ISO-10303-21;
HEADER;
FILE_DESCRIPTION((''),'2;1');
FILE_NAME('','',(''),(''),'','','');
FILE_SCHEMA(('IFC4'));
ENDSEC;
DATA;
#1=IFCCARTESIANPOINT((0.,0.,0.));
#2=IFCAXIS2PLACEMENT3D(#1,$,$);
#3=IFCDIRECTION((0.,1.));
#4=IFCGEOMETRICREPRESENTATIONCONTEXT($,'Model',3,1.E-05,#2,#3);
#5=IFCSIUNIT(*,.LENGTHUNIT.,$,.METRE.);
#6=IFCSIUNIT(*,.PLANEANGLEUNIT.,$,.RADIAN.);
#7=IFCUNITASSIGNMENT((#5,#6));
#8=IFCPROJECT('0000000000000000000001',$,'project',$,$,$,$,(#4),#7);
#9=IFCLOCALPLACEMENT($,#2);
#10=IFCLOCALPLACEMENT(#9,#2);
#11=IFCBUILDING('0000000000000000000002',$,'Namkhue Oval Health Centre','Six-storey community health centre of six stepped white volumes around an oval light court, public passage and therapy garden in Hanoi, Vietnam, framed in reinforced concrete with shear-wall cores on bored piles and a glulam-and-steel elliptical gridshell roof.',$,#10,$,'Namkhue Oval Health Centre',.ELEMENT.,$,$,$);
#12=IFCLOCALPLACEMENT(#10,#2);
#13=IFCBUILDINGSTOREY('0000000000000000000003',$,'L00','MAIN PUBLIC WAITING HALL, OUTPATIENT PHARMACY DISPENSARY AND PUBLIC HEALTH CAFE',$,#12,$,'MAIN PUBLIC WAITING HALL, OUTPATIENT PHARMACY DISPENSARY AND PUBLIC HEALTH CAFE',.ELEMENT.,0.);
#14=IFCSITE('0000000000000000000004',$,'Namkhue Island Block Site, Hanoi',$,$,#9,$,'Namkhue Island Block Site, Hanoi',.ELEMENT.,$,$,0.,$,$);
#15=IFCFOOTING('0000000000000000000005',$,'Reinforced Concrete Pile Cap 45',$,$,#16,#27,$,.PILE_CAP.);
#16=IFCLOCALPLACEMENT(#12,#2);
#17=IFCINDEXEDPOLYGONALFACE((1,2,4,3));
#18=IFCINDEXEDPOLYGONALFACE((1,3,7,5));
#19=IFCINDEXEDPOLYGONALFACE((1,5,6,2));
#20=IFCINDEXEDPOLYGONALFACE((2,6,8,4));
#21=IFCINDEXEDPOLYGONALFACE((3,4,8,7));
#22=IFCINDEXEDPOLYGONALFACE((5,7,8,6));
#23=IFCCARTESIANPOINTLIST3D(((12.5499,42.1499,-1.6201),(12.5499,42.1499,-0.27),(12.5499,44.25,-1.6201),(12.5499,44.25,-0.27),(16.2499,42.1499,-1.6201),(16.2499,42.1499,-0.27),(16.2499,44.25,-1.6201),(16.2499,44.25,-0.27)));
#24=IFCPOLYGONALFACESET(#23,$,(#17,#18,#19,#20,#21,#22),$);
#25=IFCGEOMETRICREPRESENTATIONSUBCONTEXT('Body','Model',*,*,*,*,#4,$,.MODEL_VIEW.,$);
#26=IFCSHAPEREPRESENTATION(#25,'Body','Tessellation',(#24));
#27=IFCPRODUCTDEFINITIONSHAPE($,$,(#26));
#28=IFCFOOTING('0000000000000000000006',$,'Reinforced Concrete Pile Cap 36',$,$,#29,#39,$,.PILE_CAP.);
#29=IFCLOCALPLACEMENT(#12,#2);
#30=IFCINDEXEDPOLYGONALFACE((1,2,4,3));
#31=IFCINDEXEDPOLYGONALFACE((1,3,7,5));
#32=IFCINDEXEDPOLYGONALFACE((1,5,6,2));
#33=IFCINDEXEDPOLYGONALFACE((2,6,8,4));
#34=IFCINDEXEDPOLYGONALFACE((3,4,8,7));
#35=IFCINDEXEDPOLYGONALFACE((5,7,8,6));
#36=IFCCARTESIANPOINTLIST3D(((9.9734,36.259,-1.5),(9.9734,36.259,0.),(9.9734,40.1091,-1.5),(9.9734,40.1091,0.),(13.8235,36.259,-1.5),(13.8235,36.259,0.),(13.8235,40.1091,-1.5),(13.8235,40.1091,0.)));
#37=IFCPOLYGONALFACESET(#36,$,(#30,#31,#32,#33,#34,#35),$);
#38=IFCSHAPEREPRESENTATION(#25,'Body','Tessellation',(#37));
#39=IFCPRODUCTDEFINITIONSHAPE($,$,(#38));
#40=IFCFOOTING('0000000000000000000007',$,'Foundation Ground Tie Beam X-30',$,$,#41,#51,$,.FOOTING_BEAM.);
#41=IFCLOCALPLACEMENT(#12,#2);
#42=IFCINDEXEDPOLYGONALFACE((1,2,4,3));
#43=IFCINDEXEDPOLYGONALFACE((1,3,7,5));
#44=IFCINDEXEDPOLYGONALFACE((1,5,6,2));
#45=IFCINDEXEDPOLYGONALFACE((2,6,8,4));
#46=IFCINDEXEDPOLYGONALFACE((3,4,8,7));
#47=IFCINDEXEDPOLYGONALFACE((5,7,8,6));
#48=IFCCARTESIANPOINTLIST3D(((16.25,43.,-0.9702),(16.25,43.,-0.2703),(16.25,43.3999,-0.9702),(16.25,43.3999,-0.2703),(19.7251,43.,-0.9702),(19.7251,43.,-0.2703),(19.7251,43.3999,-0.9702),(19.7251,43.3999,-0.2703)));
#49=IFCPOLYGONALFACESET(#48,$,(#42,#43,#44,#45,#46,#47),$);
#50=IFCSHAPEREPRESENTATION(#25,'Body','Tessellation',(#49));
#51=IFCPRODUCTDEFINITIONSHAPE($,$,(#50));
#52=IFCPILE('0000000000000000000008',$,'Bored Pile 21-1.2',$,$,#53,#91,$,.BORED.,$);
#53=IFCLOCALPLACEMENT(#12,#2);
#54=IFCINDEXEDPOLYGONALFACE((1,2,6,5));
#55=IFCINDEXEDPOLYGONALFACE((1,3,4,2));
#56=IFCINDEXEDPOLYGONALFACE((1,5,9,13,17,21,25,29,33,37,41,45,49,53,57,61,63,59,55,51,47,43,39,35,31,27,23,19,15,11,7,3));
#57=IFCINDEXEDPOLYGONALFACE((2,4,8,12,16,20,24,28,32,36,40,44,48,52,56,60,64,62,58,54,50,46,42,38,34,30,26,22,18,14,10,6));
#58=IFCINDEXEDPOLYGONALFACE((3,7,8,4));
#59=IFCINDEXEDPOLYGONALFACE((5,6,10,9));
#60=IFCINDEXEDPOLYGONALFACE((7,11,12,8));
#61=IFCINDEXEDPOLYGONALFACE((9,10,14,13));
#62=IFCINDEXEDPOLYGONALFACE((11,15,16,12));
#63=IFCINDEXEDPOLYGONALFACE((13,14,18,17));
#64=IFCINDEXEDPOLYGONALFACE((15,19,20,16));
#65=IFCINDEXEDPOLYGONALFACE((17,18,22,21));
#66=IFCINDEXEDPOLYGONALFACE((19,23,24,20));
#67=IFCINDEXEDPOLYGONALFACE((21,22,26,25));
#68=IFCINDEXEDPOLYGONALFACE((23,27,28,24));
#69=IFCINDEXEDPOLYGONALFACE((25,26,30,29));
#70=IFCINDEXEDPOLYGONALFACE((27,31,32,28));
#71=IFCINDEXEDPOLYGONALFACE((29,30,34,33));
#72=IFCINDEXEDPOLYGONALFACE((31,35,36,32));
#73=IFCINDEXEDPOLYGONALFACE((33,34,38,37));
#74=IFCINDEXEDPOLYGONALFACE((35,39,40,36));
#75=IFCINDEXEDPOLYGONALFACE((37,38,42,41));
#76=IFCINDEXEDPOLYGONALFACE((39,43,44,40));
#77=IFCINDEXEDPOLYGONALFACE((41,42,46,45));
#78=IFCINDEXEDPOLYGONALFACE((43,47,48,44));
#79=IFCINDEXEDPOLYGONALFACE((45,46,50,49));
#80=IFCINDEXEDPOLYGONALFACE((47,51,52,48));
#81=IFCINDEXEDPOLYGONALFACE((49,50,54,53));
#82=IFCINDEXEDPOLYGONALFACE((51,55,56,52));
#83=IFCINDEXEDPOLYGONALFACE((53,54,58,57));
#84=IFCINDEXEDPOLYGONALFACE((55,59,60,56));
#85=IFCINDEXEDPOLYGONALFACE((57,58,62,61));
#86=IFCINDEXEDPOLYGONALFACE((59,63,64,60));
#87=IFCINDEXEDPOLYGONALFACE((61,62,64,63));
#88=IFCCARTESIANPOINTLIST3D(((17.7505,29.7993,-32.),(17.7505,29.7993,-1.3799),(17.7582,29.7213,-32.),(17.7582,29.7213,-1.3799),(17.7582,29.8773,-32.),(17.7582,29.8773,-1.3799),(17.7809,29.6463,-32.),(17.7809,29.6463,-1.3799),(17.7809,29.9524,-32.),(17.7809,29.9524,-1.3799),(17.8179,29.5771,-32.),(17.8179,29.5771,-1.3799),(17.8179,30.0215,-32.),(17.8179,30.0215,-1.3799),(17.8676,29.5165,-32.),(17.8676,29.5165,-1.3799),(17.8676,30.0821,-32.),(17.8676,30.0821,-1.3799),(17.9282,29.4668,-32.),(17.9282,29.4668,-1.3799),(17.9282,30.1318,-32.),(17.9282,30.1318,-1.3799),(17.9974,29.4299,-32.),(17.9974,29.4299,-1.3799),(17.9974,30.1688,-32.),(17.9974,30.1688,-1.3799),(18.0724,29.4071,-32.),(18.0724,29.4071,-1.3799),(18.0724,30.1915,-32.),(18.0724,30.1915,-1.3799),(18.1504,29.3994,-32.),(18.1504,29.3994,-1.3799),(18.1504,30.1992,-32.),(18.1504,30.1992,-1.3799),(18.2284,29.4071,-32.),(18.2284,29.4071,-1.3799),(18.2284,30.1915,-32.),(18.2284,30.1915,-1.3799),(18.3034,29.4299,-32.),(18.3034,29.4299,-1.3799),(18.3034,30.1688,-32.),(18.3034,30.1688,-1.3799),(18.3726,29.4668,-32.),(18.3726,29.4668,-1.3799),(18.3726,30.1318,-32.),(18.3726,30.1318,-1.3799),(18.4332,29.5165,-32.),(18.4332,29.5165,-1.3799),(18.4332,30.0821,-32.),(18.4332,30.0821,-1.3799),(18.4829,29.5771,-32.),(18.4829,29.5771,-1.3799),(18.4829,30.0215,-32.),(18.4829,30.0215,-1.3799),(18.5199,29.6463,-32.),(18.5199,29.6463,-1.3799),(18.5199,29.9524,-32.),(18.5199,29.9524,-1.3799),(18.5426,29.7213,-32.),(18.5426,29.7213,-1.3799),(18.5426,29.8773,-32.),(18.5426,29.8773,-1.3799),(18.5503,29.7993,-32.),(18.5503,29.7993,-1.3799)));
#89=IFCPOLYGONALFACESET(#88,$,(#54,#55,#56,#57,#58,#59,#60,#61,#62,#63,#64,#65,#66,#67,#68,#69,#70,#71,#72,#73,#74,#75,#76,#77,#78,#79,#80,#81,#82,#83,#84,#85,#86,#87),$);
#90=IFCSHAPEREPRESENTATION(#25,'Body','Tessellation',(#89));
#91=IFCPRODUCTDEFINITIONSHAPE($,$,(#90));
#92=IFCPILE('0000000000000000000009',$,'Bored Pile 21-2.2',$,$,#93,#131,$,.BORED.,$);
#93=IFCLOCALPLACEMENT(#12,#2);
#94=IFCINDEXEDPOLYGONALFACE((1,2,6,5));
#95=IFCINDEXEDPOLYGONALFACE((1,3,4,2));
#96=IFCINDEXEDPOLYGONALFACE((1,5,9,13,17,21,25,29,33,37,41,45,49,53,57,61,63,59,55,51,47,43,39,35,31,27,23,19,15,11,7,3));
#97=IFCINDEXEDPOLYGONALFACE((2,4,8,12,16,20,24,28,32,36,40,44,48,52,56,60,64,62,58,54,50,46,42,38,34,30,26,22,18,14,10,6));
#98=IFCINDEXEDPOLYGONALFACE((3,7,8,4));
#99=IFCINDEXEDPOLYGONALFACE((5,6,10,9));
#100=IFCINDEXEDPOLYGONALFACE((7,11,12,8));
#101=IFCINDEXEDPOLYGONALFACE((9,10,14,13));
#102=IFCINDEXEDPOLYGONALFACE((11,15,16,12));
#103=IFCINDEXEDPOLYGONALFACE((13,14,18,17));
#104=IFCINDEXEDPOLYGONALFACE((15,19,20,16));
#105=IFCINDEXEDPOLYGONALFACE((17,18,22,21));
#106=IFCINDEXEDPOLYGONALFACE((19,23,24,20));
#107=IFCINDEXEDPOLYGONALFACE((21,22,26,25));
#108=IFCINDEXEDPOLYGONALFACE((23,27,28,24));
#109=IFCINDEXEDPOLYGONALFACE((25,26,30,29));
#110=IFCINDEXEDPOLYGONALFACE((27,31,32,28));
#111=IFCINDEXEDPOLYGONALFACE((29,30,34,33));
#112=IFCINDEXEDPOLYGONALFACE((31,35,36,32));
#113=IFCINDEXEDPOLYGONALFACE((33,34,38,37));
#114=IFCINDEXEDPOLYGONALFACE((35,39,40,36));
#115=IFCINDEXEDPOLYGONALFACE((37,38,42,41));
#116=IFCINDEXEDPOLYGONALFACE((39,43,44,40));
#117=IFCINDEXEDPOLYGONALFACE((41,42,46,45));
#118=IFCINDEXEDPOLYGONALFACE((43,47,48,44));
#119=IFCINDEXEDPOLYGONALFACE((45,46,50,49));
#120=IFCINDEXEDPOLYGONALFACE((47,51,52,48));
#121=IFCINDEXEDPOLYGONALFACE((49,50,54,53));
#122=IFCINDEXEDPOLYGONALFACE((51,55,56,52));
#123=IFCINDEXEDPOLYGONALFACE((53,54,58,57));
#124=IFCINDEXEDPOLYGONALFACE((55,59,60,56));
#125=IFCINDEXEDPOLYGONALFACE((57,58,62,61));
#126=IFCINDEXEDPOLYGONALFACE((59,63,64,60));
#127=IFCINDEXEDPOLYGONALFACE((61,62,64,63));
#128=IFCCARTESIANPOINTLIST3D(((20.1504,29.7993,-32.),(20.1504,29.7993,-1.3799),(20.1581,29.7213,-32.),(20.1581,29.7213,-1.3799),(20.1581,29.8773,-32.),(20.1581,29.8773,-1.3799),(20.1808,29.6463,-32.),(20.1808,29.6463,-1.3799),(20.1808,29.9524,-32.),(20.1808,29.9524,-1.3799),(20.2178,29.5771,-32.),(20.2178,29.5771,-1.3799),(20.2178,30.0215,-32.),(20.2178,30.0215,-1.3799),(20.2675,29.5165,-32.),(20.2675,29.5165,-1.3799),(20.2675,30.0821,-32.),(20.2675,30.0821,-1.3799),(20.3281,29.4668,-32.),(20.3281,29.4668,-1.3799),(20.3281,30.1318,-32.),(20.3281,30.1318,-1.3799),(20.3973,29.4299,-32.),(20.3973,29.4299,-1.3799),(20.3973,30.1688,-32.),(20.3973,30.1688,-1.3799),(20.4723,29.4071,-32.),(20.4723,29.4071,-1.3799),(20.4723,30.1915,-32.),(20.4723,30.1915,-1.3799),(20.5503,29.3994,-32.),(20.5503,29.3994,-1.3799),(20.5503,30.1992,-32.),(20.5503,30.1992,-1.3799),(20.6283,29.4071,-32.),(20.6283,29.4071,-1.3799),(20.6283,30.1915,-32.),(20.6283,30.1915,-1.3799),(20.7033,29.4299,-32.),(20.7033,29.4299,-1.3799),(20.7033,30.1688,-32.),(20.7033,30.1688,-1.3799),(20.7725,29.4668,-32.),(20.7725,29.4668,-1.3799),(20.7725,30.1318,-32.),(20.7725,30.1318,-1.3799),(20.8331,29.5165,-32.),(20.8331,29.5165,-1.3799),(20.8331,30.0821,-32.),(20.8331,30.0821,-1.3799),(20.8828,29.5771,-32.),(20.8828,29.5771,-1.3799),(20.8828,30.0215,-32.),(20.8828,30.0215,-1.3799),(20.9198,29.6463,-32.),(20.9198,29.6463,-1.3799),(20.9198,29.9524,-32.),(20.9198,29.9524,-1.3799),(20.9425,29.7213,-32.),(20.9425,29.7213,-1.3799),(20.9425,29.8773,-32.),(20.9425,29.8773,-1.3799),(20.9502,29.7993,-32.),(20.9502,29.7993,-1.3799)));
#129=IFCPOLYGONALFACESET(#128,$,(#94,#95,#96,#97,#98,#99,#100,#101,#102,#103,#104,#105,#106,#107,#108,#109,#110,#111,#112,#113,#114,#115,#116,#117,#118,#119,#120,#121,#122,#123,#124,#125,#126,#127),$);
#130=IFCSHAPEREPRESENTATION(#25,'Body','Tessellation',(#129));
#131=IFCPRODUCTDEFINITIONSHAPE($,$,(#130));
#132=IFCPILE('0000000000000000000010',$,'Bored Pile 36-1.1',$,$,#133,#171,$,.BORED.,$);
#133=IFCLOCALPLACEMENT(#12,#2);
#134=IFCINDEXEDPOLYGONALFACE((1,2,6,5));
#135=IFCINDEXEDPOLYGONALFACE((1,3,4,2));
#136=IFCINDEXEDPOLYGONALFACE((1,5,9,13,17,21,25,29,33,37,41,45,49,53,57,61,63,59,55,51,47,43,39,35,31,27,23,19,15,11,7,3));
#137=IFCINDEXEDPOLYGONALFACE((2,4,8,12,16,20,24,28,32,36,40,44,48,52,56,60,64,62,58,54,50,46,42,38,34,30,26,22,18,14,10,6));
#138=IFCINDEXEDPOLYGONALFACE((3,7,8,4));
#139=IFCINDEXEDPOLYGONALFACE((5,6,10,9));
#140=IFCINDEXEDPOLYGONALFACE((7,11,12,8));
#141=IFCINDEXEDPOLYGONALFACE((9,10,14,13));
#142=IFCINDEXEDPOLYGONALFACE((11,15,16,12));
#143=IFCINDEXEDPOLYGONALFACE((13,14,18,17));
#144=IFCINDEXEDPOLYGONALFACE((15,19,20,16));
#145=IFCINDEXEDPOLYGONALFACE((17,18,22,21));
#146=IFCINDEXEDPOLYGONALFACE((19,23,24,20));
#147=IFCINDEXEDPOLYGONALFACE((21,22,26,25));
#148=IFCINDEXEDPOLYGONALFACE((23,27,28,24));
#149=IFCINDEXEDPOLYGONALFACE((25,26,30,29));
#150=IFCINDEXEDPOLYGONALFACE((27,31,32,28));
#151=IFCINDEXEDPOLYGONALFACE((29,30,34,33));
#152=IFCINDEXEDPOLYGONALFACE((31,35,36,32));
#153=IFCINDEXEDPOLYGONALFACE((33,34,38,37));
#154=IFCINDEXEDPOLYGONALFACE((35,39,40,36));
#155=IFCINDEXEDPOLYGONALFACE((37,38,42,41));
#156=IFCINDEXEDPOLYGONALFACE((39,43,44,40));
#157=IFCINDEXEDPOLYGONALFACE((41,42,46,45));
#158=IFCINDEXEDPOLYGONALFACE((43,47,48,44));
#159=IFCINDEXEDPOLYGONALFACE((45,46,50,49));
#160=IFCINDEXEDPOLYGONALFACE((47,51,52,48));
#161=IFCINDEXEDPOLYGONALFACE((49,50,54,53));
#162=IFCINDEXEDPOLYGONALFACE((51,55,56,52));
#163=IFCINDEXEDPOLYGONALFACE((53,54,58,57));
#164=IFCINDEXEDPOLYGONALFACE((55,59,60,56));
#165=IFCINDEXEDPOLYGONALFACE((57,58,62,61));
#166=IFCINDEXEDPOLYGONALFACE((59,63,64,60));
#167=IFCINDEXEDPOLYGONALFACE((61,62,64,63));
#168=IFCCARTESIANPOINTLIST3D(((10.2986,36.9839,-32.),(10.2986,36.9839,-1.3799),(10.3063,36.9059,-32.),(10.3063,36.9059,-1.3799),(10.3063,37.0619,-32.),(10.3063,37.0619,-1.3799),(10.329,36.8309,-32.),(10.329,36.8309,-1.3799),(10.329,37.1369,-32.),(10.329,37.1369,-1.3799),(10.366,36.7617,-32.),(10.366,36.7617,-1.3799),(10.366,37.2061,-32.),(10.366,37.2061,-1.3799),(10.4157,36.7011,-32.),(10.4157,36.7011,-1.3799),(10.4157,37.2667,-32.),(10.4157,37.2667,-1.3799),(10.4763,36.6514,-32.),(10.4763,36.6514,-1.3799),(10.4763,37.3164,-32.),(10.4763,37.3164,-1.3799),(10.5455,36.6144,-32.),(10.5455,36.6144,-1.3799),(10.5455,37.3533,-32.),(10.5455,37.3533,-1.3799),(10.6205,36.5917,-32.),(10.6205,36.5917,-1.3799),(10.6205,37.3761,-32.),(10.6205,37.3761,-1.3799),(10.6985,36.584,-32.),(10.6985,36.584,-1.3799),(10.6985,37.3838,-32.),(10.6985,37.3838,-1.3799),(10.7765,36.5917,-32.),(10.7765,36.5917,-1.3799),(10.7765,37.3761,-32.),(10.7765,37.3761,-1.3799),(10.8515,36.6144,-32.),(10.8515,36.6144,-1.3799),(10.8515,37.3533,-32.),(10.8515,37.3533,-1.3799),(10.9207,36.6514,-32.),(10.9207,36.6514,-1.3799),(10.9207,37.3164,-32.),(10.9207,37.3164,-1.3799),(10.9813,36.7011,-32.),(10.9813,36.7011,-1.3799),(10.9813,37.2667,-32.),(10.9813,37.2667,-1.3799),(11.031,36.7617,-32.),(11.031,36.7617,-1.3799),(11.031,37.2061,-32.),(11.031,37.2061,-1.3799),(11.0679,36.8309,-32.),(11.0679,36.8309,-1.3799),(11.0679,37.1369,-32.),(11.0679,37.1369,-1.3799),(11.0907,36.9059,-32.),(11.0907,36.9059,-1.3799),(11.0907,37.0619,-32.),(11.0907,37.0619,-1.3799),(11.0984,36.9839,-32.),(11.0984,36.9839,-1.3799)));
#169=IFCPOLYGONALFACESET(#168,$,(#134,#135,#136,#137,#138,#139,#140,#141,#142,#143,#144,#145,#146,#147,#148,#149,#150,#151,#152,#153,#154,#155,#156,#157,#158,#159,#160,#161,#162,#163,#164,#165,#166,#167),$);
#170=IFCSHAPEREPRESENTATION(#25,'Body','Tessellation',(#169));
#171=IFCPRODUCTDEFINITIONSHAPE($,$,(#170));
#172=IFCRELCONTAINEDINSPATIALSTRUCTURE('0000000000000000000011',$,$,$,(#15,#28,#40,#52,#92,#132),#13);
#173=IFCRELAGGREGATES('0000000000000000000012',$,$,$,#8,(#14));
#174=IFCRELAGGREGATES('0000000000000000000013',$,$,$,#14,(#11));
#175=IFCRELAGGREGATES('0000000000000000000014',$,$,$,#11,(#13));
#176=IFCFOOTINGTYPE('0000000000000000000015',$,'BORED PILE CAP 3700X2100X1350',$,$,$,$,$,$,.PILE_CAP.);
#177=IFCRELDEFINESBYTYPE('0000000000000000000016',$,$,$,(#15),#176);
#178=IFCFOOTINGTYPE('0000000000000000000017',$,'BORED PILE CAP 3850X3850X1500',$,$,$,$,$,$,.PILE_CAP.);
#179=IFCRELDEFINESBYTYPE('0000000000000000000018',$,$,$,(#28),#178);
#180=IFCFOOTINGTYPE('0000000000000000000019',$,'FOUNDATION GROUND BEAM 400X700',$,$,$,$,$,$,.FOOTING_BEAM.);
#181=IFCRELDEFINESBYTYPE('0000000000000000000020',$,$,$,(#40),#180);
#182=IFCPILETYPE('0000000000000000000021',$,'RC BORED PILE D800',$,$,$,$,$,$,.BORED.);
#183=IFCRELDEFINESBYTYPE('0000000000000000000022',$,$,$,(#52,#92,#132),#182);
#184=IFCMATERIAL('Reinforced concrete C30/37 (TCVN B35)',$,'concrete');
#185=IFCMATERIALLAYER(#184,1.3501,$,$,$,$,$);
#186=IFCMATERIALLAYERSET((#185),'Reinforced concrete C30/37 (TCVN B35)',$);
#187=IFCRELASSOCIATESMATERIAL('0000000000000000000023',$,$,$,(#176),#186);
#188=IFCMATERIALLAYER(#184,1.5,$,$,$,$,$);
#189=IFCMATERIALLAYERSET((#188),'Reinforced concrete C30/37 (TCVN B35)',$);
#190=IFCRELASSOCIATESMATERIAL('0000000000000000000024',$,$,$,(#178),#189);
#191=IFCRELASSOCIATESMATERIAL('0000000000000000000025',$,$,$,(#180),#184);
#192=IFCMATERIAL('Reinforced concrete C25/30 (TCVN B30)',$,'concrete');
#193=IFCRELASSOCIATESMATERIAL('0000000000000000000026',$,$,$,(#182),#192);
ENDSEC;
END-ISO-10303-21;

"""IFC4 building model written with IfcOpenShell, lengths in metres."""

from ifc_helpers import new_model, si_unit, direction, frame, origin, origin_2d, place, context, subcontext, project, spatial, rectangle, circle, extrude, material, layer, layer_set, material_profile, profile_set, type_object, element, save


model = new_model("IFC4")

# Units and contexts
model_context = context("Model", 3, precision=1e-05, world=origin(), true_north=direction((0.0, 1.0)))
body_context = subcontext(model_context, "Body", "Model", "MODEL_VIEW")
ifc_project = project(units=[si_unit("LENGTHUNIT", "METRE"), si_unit("PLANEANGLEUNIT", "RADIAN")], contexts=[model_context])

# Site, building, storey
site_placement = place(None, origin())
site = spatial("IfcSite", under=ifc_project, at=site_placement, Name="Namkhue Island Block Site, Hanoi", LongName="Namkhue Island Block Site, Hanoi", CompositionType="ELEMENT", RefElevation=0.0)
building_placement = place(site_placement, origin())
building = spatial("IfcBuilding", under=site, at=building_placement, Name="Namkhue Oval Health Centre", Description="Six-storey community health centre of six stepped white volumes around an oval light court, public passage and therapy garden in Hanoi, Vietnam, framed in reinforced concrete with shear-wall cores on bored piles and a glulam-and-steel elliptical gridshell roof.", LongName="Namkhue Oval Health Centre", CompositionType="ELEMENT")
storey_placement = place(building_placement, origin())
storey = spatial("IfcBuildingStorey", under=building, at=storey_placement, Name="L00", Description="MAIN PUBLIC WAITING HALL, OUTPATIENT PHARMACY DISPENSARY AND PUBLIC HEALTH CAFE", LongName="MAIN PUBLIC WAITING HALL, OUTPATIENT PHARMACY DISPENSARY AND PUBLIC HEALTH CAFE", CompositionType="ELEMENT", Elevation=0.0)

# Footings
ifc_material_1 = material(Name="Reinforced concrete C30/37 (TCVN B35)", Category="concrete")
ifc_layer_1 = layer(ifc_material_1, 1.3501)
ifc_layer_set_1 = layer_set([ifc_layer_1], Name="Reinforced concrete C30/37 (TCVN B35)")
footing_type_1 = type_object("IfcFootingType", Name="BORED PILE CAP 3700X2100X1350", PredefinedType="PILE_CAP", material=ifc_layer_set_1)
footing_1_placement = place(storey_placement, frame((14.3999, 43.2, -1.6201), z_axis=(0.0, 0.0, 1.0), x_axis=(1.0, 0.0, 0.0)))
element("IfcFooting", 1, at=footing_1_placement, inside=storey, type_object=footing_type_1, Name="Reinforced Concrete Pile Cap 45", PredefinedType="PILE_CAP", context=body_context, shape_type="SweptSolid", body=[
    extrude(rectangle(XDim=3.7, YDim=2.1001, at=origin_2d()), origin(), (0.0, 0.0, 1.0), 1.3501),
])
ifc_layer_2 = layer(ifc_material_1, 1.5)
ifc_layer_set_2 = layer_set([ifc_layer_2], Name="Reinforced concrete C30/37 (TCVN B35)")
footing_type_2 = type_object("IfcFootingType", Name="BORED PILE CAP 3850X3850X1500", PredefinedType="PILE_CAP", material=ifc_layer_set_2)
footing_2_placement = place(storey_placement, frame((11.8984, 38.1841, -1.5), z_axis=(0.0, 0.0, 1.0), x_axis=(1.0, 0.0, 0.0)))
element("IfcFooting", 2, at=footing_2_placement, inside=storey, type_object=footing_type_2, Name="Reinforced Concrete Pile Cap 36", PredefinedType="PILE_CAP", context=body_context, shape_type="SweptSolid", body=[
    extrude(rectangle(XDim=3.8501, YDim=3.8501, at=origin_2d()), origin(), (0.0, 0.0, 1.0), 1.5),
])
footing_type_3 = type_object("IfcFootingType", Name="FOUNDATION GROUND BEAM 400X700", PredefinedType="FOOTING_BEAM", material=ifc_material_1)
footing_3_placement = place(storey_placement, frame((17.9875, 43.2, -0.9702), z_axis=(0.0, 0.0, 1.0), x_axis=(1.0, 0.0, 0.0)))
element("IfcFooting", 3, at=footing_3_placement, inside=storey, type_object=footing_type_3, Name="Foundation Ground Tie Beam X-30", PredefinedType="FOOTING_BEAM", context=body_context, shape_type="SweptSolid", body=[
    extrude(rectangle(XDim=3.4751, YDim=0.3999, at=origin_2d()), origin(), (0.0, 0.0, 1.0), 0.7),
])

# Piles
ifc_material_2 = material(Name="Reinforced concrete C25/30 (TCVN B30)", Category="concrete")
ifc_material_profile_1 = material_profile(ifc_material_2, circle(Radius=0.3999, at=origin_2d()), Name="BORED PILE D800")
ifc_profile_set_1 = profile_set([ifc_material_profile_1], Name="Reinforced concrete C25/30 (TCVN B30)")
pile_type = type_object("IfcPileType", Name="RC BORED PILE D800", PredefinedType="BORED", material=ifc_profile_set_1)
for number, where, z_axis, x_axis, name in (
    (4, (18.1504, 29.7993, -1.3799), (0.0, 0.0, -1.0), (1.0, 0.0, 0.0), "Bored Pile 21-1.2"),
    (5, (20.5503, 29.7993, -1.3799), (0.0, 0.0, -1.0), (1.0, 0.0, 0.0), "Bored Pile 21-2.2"),
    (6, (10.6985, 36.9839, -1.3799), (0.0, 0.0, -1.0), (1.0, 0.0, 0.0), "Bored Pile 36-1.1"),
):
    element("IfcPile", number, at=place(storey_placement, frame(where, z_axis=z_axis, x_axis=x_axis)), inside=storey, type_object=pile_type, Name=name, PredefinedType="BORED", context=body_context, shape_type="SweptSolid", body=[
        extrude(circle(Radius=0.3999, at=origin_2d()), origin(), (0.0, 0.0, 1.0), 30.6201),
    ])

save(model, "model.ifc")
